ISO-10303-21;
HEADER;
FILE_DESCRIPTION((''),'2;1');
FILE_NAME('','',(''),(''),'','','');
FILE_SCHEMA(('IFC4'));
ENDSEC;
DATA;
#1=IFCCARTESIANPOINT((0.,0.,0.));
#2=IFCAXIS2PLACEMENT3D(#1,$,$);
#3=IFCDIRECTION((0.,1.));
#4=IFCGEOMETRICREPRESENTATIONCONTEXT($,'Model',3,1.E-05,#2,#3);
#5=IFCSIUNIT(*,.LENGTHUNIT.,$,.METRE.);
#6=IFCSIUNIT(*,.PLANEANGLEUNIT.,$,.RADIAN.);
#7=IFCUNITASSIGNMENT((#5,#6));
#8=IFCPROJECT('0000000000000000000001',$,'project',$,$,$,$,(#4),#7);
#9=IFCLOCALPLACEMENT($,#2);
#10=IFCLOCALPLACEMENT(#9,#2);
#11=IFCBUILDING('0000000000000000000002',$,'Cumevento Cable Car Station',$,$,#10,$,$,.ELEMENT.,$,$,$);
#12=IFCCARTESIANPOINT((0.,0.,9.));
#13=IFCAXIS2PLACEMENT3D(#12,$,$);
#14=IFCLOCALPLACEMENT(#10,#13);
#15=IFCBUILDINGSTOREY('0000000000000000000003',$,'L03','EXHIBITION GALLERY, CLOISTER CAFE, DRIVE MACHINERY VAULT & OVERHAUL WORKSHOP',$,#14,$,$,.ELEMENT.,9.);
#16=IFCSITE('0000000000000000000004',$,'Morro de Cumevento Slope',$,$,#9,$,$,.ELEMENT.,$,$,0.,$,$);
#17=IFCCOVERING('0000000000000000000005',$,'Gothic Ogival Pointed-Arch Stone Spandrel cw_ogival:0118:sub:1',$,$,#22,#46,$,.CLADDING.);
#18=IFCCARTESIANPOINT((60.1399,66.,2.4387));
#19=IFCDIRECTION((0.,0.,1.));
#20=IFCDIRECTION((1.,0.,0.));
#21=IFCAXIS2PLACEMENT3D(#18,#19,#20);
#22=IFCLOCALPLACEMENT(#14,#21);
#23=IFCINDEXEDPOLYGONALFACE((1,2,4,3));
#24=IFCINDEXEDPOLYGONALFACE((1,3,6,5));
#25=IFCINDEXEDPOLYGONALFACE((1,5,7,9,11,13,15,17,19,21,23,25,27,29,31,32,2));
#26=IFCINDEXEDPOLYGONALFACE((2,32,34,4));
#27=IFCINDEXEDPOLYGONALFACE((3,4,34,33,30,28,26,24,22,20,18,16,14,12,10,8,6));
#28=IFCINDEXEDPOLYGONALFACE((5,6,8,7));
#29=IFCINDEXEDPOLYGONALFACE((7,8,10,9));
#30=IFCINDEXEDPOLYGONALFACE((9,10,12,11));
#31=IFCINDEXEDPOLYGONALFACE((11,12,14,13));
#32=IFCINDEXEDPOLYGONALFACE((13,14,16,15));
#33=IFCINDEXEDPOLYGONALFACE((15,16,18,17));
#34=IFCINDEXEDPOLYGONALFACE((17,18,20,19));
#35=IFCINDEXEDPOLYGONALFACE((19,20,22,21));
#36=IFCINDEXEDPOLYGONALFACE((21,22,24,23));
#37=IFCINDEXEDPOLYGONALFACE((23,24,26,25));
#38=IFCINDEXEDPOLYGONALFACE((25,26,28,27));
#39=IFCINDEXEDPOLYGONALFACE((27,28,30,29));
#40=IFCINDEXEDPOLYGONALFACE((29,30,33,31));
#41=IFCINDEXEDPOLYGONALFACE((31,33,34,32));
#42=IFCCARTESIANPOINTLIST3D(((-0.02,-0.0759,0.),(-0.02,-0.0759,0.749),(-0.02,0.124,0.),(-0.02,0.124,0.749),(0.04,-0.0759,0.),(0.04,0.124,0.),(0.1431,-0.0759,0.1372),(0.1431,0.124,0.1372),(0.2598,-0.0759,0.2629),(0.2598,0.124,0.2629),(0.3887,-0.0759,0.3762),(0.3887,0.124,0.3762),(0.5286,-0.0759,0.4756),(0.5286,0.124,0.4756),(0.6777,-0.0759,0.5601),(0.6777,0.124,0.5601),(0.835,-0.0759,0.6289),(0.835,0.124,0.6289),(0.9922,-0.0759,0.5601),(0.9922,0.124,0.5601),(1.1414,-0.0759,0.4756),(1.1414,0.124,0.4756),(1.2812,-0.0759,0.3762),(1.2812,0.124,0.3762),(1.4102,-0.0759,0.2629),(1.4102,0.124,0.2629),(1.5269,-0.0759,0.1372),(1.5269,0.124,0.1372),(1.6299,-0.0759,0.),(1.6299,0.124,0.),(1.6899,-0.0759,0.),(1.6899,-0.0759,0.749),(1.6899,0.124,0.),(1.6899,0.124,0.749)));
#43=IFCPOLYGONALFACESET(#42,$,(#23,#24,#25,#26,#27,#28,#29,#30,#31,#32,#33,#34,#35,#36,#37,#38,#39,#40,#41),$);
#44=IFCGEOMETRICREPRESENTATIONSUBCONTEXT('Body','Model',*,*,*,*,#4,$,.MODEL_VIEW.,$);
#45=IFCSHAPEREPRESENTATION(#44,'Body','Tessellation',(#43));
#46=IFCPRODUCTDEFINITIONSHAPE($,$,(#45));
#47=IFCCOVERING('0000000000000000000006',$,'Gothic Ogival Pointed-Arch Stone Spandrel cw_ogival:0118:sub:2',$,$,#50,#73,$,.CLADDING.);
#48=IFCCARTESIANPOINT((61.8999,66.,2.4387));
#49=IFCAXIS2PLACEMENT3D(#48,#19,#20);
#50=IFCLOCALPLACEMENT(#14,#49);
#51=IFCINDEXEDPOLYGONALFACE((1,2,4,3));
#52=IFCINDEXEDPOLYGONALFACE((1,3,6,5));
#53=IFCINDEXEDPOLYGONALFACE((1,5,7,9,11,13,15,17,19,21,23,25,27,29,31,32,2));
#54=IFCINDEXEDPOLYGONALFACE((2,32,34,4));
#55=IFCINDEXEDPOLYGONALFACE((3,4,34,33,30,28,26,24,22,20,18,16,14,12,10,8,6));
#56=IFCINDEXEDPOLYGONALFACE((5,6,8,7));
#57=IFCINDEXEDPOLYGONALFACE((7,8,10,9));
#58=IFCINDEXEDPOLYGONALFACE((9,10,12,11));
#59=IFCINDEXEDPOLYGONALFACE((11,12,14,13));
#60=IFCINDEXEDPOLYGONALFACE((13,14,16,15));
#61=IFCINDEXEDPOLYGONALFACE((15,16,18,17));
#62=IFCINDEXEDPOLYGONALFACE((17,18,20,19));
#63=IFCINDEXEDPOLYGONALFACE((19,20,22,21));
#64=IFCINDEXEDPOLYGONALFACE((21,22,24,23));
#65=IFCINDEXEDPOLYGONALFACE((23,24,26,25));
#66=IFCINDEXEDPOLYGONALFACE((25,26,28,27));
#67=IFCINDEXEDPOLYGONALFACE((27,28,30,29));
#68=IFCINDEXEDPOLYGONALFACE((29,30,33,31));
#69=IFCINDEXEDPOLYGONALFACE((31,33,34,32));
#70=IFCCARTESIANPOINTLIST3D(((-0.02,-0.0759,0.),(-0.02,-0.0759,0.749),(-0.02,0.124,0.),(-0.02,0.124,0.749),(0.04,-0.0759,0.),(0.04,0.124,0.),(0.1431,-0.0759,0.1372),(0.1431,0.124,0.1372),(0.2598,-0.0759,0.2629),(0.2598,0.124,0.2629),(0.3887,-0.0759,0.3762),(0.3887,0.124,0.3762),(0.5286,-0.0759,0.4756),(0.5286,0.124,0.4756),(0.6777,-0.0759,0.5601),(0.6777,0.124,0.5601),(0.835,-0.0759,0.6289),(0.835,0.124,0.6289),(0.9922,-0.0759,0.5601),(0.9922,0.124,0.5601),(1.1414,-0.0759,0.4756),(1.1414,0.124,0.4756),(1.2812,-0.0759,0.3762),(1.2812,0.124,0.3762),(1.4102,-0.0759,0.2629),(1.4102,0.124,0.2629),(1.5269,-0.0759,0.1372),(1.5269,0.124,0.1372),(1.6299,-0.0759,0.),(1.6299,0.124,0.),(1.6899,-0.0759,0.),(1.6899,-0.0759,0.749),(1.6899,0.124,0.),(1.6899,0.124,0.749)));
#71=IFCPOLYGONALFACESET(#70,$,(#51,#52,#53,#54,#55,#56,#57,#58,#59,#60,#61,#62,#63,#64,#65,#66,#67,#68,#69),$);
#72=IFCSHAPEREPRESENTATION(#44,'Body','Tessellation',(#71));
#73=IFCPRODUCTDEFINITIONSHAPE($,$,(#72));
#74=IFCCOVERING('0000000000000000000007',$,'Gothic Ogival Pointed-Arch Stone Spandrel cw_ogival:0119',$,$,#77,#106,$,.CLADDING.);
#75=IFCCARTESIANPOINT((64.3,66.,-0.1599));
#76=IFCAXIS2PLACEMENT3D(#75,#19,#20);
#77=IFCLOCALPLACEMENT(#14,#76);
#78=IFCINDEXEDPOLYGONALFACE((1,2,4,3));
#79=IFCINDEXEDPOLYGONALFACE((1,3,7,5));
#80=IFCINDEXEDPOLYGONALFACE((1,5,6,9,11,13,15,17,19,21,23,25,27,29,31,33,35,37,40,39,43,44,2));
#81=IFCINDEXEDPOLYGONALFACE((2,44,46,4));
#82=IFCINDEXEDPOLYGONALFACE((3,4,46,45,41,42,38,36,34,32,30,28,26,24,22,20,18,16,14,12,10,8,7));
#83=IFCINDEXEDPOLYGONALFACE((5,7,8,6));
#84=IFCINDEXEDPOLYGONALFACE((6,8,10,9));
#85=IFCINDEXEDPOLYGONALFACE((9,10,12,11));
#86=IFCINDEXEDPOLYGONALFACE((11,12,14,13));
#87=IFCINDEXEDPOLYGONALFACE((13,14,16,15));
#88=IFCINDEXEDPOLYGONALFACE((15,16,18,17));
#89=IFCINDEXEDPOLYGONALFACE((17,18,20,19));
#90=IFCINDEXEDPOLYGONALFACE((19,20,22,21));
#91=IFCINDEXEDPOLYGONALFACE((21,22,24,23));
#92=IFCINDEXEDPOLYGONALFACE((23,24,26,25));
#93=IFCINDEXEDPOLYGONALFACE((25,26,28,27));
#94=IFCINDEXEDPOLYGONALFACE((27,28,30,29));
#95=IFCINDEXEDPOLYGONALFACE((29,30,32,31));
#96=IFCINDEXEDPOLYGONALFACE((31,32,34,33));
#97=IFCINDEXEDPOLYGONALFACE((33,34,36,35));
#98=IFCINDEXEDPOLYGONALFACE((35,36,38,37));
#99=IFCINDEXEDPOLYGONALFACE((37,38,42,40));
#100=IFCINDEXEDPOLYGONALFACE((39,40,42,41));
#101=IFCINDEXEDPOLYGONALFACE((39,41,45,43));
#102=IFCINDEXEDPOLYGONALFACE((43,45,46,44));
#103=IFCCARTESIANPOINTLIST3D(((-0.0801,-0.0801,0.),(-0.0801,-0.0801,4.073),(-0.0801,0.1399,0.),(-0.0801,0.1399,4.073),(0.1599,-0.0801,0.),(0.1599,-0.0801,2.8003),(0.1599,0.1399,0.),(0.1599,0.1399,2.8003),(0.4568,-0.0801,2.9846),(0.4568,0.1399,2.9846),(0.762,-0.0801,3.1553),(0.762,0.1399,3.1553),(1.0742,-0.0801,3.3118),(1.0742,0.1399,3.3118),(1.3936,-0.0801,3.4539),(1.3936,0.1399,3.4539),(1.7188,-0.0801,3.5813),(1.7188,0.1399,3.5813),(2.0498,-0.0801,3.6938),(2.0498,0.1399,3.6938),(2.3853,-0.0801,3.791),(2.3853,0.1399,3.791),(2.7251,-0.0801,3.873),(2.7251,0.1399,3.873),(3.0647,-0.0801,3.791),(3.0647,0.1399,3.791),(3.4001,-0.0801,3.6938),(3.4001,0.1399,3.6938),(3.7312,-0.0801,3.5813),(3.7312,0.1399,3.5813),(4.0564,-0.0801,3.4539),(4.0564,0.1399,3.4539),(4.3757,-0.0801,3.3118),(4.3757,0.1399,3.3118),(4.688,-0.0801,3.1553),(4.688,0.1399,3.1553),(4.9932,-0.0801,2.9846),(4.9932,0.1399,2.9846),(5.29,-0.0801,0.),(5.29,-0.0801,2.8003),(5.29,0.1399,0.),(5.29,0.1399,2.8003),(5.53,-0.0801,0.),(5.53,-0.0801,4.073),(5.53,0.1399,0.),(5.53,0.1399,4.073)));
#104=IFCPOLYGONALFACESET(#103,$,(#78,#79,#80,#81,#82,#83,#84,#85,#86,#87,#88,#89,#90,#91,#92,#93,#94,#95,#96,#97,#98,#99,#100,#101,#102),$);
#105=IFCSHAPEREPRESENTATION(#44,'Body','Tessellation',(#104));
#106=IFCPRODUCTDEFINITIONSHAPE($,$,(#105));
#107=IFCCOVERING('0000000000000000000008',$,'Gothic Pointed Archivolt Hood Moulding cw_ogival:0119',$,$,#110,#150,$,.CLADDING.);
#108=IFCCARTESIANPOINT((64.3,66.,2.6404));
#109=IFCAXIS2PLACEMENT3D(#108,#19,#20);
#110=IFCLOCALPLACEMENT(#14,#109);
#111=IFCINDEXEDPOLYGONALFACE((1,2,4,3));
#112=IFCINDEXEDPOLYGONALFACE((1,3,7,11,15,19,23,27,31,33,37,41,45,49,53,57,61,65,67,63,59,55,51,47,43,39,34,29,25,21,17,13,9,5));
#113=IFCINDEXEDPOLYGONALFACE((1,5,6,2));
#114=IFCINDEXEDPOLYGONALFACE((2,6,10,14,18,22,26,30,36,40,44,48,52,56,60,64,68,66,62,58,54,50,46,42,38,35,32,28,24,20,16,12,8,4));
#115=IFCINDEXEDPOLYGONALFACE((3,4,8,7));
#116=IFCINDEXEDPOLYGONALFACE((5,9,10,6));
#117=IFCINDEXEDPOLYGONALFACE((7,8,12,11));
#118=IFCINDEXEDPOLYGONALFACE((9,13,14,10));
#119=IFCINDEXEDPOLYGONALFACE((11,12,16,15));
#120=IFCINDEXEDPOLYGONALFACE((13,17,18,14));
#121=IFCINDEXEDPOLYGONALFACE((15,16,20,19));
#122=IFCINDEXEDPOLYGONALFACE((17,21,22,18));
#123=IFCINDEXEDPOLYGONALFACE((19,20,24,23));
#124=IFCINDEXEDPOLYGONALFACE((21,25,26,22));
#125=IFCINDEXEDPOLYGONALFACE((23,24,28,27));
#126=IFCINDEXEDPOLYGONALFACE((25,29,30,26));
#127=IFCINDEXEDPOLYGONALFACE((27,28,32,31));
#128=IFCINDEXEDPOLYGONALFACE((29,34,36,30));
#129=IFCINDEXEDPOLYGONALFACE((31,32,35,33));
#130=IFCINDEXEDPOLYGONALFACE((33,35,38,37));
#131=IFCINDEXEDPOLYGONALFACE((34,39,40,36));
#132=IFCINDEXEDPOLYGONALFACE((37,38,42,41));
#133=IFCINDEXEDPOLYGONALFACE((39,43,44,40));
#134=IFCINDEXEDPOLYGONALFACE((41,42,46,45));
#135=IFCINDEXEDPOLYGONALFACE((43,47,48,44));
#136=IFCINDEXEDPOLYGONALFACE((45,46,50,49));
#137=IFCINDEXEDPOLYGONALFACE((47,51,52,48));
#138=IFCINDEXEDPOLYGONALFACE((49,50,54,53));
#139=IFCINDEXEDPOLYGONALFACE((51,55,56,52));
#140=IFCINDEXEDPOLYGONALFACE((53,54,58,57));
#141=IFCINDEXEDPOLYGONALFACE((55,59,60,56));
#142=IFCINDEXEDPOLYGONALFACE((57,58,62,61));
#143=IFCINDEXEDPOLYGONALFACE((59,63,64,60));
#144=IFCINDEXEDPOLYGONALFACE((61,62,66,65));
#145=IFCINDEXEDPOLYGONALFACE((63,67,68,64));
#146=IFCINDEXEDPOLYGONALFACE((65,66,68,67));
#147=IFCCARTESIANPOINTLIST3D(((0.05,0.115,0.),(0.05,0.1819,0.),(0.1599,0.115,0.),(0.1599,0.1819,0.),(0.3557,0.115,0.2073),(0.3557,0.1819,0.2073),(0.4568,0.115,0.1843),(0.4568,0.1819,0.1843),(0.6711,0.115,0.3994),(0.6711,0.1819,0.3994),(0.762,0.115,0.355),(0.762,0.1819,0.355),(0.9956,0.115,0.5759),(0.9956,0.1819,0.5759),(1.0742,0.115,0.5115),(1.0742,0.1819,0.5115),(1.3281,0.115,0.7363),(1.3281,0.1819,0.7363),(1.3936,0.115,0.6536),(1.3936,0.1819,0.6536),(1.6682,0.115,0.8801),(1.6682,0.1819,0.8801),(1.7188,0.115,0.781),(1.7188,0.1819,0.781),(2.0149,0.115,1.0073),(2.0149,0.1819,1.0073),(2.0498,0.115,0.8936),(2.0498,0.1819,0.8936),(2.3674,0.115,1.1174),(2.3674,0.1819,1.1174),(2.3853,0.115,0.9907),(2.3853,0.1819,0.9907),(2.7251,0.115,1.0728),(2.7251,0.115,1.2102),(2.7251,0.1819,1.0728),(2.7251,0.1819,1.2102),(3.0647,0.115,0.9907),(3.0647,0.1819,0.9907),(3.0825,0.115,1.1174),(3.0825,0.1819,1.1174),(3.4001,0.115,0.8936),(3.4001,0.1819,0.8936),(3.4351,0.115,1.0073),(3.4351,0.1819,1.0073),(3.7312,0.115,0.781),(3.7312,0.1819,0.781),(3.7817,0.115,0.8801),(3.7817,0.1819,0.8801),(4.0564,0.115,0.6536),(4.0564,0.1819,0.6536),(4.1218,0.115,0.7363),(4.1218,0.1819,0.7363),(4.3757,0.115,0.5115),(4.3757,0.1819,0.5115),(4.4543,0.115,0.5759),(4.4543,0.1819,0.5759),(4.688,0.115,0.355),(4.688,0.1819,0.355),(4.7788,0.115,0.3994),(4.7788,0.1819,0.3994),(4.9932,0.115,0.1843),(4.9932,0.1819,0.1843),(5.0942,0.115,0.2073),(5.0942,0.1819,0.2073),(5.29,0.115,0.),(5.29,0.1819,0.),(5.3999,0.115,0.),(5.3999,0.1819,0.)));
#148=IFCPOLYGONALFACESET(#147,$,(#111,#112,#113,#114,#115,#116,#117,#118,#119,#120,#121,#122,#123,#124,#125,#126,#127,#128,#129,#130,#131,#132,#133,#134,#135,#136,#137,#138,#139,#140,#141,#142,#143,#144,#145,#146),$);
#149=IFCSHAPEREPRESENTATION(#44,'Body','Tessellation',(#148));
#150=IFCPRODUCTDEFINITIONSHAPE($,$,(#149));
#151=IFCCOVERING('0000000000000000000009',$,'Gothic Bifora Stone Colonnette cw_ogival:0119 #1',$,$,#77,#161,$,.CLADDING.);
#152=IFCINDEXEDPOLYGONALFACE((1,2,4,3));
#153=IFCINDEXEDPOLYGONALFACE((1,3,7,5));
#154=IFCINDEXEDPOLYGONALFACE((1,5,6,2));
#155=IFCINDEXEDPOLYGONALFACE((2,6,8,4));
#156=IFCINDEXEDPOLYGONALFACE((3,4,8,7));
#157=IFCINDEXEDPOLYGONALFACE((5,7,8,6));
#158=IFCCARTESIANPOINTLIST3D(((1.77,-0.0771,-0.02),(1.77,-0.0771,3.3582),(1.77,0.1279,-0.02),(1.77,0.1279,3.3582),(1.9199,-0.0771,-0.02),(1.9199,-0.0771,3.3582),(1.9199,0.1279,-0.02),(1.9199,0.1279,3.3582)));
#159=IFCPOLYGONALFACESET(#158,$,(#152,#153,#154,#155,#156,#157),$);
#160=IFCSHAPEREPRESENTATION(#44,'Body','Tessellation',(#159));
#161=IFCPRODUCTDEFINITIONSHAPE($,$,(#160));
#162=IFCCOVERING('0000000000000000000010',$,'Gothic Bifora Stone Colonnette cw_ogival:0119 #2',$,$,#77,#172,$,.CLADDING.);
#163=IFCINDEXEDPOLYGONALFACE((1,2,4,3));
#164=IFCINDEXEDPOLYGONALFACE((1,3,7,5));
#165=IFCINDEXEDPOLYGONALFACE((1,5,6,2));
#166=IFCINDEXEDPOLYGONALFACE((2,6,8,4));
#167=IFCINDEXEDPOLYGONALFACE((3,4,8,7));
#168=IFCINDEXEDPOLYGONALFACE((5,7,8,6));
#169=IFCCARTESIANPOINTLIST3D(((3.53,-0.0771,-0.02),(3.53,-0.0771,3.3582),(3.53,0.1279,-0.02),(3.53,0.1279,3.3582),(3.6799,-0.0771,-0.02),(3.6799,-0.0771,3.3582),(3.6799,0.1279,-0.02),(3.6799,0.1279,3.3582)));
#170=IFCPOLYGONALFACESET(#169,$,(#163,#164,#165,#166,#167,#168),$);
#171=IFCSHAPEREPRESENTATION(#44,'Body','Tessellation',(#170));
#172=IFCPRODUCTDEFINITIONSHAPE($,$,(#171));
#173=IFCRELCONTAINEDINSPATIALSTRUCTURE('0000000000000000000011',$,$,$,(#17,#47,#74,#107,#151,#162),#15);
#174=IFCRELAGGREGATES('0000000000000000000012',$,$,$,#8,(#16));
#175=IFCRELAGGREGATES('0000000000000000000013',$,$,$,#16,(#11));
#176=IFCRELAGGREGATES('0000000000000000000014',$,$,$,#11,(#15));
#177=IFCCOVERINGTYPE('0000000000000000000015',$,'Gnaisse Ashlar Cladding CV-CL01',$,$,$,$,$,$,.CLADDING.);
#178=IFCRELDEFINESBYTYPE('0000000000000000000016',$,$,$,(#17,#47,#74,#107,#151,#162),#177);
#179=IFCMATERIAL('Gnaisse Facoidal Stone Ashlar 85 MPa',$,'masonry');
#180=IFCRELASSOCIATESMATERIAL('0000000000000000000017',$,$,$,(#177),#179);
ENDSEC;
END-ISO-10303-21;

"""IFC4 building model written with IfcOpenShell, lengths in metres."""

from ifc_helpers import new_model, si_unit, direction, frame, origin, place, context, subcontext, project, spatial, polyline, outline, extrude, material, type_object, element, save


model = new_model("IFC4")

# Units and contexts
model_context = context("Model", 3, precision=1e-05, world=origin(), true_north=direction((0.0, 1.0)))
body_context = subcontext(model_context, "Body", "Model", "MODEL_VIEW")
ifc_project = project(units=[si_unit("LENGTHUNIT", "METRE"), si_unit("PLANEANGLEUNIT", "RADIAN")], contexts=[model_context])

# Site, building, storey
site_placement = place(None, origin())
site = spatial("IfcSite", under=ifc_project, at=site_placement, Name="Morro de Cumevento Slope", CompositionType="ELEMENT", RefElevation=0.0)
building_placement = place(site_placement, origin())
building = spatial("IfcBuilding", under=site, at=building_placement, Name="Cumevento Cable Car Station", CompositionType="ELEMENT")
storey_placement = place(building_placement, frame((0.0, 0.0, 9.0)))
storey = spatial("IfcBuildingStorey", under=building, at=storey_placement, Name="L03", Description="EXHIBITION GALLERY, CLOISTER CAFE, DRIVE MACHINERY VAULT & OVERHAUL WORKSHOP", CompositionType="ELEMENT", Elevation=9.0)

# Coverings
ifc_material_1 = material(Name="Gnaisse Facoidal Stone Ashlar 85 MPa", Category="masonry")
covering_type = type_object("IfcCoveringType", Name="Gnaisse Ashlar Cladding CV-CL01", PredefinedType="CLADDING", material=ifc_material_1)
for number, where, z_axis, x_axis, name in (
    (1, (60.1399, 66.0, 2.4387), (0.0, 0.0, 1.0), (1.0, 0.0, 0.0), "Gothic Ogival Pointed-Arch Stone Spandrel cw_ogival:0118:sub:1"),
    (2, (61.8999, 66.0, 2.4387), (0.0, 0.0, 1.0), (1.0, 0.0, 0.0), "Gothic Ogival Pointed-Arch Stone Spandrel cw_ogival:0118:sub:2"),
):
    element("IfcCovering", number, at=place(storey_placement, frame(where, z_axis=z_axis, x_axis=x_axis)), inside=storey, type_object=covering_type, Name=name, PredefinedType="CLADDING", context=body_context, shape_type="SweptSolid", body=[
        extrude(outline(polyline([(-0.02, 0.0), (-0.02, 0.749), (1.6899, 0.749), (1.6899, 0.0), (1.6299, 0.0), (1.5269, 0.1372), (1.4102, 0.2629), (1.2812, 0.3762), (1.1414, 0.4756), (0.9922, 0.5601), (0.835, 0.6289), (0.6777, 0.5601), (0.5286, 0.4756), (0.3887, 0.3762), (0.2598, 0.2629), (0.1431, 0.1372), (0.04, 0.0), (-0.02, 0.0)])), frame((0.0, 0.124, 0.0), z_axis=(0.0, -1.0, 0.0), x_axis=(1.0, 0.0, 0.0)), (0.0, 0.0, 1.0), 0.2),
    ])
placement = place(storey_placement, frame((64.3, 66.0, -0.1599), z_axis=(0.0, 0.0, 1.0), x_axis=(1.0, 0.0, 0.0)))
element("IfcCovering", 3, at=placement, inside=storey, type_object=covering_type, Name="Gothic Ogival Pointed-Arch Stone Spandrel cw_ogival:0119", PredefinedType="CLADDING", context=body_context, shape_type="SweptSolid", body=[
    extrude(outline(polyline([(-0.0801, 0.0), (-0.0801, 4.073), (5.53, 4.073), (5.53, 0.0), (5.29, 0.0), (5.29, 2.8003), (4.9932, 2.9846), (4.688, 3.1553), (4.3757, 3.3118), (4.0564, 3.4539), (3.7312, 3.5813), (3.4001, 3.6938), (3.0647, 3.791), (2.7251, 3.873), (2.3853, 3.791), (2.0498, 3.6938), (1.7188, 3.5813), (1.3936, 3.4539), (1.0742, 3.3118), (0.762, 3.1553), (0.4568, 2.9846), (0.1599, 2.8003), (0.1599, 0.0), (-0.0801, 0.0)])), frame((0.0, 0.1399, 0.0), z_axis=(0.0, -1.0, 0.0), x_axis=(1.0, 0.0, 0.0)), (0.0, 0.0, 1.0), 0.22),
])
covering_1_placement = place(storey_placement, frame((64.3, 66.0, 2.6404), z_axis=(0.0, 0.0, 1.0), x_axis=(1.0, 0.0, 0.0)))
element("IfcCovering", 4, at=covering_1_placement, inside=storey, type_object=covering_type, Name="Gothic Pointed Archivolt Hood Moulding cw_ogival:0119", PredefinedType="CLADDING", context=body_context, shape_type="SweptSolid", body=[
    extrude(outline(polyline([(0.1599, 0.0), (0.4568, 0.1843), (0.762, 0.355), (1.0742, 0.5115), (1.3936, 0.6536), (1.7188, 0.781), (2.0498, 0.8936), (2.3853, 0.9907), (2.7251, 1.0728), (3.0647, 0.9907), (3.4001, 0.8936), (3.7312, 0.781), (4.0564, 0.6536), (4.3757, 0.5115), (4.688, 0.355), (4.9932, 0.1843), (5.29, 0.0), (5.3999, 0.0), (5.0942, 0.2073), (4.7788, 0.3994), (4.4543, 0.5759), (4.1218, 0.7363), (3.7817, 0.8801), (3.4351, 1.0073), (3.0825, 1.1174), (2.7251, 1.2102), (2.3674, 1.1174), (2.0149, 1.0073), (1.6682, 0.8801), (1.3281, 0.7363), (0.9956, 0.5759), (0.6711, 0.3994), (0.3557, 0.2073), (0.05, 0.0), (0.1599, 0.0)])), frame((0.0, 0.1819, 0.0), z_axis=(0.0, -1.0, 0.0), x_axis=(1.0, 0.0, 0.0)), (0.0, 0.0, 1.0), 0.0669),
])
element("IfcCovering", 5, at=placement, inside=storey, type_object=covering_type, Name="Gothic Bifora Stone Colonnette cw_ogival:0119 #1", PredefinedType="CLADDING", context=body_context, shape_type="SweptSolid", body=[
    extrude(outline(polyline([(1.77, -0.02), (1.9199, -0.02), (1.9199, 3.3582), (1.77, 3.3582), (1.77, -0.02)])), frame((0.0, 0.1279, 0.0), z_axis=(0.0, -1.0, 0.0), x_axis=(1.0, 0.0, 0.0)), (0.0, 0.0, 1.0), 0.2051),
])
element("IfcCovering", 6, at=placement, inside=storey, type_object=covering_type, Name="Gothic Bifora Stone Colonnette cw_ogival:0119 #2", PredefinedType="CLADDING", context=body_context, shape_type="SweptSolid", body=[
    extrude(outline(polyline([(3.53, -0.02), (3.6799, -0.02), (3.6799, 3.3582), (3.53, 3.3582), (3.53, -0.02)])), frame((0.0, 0.1279, 0.0), z_axis=(0.0, -1.0, 0.0), x_axis=(1.0, 0.0, 0.0)), (0.0, 0.0, 1.0), 0.2051),
])

save(model, "model.ifc")
